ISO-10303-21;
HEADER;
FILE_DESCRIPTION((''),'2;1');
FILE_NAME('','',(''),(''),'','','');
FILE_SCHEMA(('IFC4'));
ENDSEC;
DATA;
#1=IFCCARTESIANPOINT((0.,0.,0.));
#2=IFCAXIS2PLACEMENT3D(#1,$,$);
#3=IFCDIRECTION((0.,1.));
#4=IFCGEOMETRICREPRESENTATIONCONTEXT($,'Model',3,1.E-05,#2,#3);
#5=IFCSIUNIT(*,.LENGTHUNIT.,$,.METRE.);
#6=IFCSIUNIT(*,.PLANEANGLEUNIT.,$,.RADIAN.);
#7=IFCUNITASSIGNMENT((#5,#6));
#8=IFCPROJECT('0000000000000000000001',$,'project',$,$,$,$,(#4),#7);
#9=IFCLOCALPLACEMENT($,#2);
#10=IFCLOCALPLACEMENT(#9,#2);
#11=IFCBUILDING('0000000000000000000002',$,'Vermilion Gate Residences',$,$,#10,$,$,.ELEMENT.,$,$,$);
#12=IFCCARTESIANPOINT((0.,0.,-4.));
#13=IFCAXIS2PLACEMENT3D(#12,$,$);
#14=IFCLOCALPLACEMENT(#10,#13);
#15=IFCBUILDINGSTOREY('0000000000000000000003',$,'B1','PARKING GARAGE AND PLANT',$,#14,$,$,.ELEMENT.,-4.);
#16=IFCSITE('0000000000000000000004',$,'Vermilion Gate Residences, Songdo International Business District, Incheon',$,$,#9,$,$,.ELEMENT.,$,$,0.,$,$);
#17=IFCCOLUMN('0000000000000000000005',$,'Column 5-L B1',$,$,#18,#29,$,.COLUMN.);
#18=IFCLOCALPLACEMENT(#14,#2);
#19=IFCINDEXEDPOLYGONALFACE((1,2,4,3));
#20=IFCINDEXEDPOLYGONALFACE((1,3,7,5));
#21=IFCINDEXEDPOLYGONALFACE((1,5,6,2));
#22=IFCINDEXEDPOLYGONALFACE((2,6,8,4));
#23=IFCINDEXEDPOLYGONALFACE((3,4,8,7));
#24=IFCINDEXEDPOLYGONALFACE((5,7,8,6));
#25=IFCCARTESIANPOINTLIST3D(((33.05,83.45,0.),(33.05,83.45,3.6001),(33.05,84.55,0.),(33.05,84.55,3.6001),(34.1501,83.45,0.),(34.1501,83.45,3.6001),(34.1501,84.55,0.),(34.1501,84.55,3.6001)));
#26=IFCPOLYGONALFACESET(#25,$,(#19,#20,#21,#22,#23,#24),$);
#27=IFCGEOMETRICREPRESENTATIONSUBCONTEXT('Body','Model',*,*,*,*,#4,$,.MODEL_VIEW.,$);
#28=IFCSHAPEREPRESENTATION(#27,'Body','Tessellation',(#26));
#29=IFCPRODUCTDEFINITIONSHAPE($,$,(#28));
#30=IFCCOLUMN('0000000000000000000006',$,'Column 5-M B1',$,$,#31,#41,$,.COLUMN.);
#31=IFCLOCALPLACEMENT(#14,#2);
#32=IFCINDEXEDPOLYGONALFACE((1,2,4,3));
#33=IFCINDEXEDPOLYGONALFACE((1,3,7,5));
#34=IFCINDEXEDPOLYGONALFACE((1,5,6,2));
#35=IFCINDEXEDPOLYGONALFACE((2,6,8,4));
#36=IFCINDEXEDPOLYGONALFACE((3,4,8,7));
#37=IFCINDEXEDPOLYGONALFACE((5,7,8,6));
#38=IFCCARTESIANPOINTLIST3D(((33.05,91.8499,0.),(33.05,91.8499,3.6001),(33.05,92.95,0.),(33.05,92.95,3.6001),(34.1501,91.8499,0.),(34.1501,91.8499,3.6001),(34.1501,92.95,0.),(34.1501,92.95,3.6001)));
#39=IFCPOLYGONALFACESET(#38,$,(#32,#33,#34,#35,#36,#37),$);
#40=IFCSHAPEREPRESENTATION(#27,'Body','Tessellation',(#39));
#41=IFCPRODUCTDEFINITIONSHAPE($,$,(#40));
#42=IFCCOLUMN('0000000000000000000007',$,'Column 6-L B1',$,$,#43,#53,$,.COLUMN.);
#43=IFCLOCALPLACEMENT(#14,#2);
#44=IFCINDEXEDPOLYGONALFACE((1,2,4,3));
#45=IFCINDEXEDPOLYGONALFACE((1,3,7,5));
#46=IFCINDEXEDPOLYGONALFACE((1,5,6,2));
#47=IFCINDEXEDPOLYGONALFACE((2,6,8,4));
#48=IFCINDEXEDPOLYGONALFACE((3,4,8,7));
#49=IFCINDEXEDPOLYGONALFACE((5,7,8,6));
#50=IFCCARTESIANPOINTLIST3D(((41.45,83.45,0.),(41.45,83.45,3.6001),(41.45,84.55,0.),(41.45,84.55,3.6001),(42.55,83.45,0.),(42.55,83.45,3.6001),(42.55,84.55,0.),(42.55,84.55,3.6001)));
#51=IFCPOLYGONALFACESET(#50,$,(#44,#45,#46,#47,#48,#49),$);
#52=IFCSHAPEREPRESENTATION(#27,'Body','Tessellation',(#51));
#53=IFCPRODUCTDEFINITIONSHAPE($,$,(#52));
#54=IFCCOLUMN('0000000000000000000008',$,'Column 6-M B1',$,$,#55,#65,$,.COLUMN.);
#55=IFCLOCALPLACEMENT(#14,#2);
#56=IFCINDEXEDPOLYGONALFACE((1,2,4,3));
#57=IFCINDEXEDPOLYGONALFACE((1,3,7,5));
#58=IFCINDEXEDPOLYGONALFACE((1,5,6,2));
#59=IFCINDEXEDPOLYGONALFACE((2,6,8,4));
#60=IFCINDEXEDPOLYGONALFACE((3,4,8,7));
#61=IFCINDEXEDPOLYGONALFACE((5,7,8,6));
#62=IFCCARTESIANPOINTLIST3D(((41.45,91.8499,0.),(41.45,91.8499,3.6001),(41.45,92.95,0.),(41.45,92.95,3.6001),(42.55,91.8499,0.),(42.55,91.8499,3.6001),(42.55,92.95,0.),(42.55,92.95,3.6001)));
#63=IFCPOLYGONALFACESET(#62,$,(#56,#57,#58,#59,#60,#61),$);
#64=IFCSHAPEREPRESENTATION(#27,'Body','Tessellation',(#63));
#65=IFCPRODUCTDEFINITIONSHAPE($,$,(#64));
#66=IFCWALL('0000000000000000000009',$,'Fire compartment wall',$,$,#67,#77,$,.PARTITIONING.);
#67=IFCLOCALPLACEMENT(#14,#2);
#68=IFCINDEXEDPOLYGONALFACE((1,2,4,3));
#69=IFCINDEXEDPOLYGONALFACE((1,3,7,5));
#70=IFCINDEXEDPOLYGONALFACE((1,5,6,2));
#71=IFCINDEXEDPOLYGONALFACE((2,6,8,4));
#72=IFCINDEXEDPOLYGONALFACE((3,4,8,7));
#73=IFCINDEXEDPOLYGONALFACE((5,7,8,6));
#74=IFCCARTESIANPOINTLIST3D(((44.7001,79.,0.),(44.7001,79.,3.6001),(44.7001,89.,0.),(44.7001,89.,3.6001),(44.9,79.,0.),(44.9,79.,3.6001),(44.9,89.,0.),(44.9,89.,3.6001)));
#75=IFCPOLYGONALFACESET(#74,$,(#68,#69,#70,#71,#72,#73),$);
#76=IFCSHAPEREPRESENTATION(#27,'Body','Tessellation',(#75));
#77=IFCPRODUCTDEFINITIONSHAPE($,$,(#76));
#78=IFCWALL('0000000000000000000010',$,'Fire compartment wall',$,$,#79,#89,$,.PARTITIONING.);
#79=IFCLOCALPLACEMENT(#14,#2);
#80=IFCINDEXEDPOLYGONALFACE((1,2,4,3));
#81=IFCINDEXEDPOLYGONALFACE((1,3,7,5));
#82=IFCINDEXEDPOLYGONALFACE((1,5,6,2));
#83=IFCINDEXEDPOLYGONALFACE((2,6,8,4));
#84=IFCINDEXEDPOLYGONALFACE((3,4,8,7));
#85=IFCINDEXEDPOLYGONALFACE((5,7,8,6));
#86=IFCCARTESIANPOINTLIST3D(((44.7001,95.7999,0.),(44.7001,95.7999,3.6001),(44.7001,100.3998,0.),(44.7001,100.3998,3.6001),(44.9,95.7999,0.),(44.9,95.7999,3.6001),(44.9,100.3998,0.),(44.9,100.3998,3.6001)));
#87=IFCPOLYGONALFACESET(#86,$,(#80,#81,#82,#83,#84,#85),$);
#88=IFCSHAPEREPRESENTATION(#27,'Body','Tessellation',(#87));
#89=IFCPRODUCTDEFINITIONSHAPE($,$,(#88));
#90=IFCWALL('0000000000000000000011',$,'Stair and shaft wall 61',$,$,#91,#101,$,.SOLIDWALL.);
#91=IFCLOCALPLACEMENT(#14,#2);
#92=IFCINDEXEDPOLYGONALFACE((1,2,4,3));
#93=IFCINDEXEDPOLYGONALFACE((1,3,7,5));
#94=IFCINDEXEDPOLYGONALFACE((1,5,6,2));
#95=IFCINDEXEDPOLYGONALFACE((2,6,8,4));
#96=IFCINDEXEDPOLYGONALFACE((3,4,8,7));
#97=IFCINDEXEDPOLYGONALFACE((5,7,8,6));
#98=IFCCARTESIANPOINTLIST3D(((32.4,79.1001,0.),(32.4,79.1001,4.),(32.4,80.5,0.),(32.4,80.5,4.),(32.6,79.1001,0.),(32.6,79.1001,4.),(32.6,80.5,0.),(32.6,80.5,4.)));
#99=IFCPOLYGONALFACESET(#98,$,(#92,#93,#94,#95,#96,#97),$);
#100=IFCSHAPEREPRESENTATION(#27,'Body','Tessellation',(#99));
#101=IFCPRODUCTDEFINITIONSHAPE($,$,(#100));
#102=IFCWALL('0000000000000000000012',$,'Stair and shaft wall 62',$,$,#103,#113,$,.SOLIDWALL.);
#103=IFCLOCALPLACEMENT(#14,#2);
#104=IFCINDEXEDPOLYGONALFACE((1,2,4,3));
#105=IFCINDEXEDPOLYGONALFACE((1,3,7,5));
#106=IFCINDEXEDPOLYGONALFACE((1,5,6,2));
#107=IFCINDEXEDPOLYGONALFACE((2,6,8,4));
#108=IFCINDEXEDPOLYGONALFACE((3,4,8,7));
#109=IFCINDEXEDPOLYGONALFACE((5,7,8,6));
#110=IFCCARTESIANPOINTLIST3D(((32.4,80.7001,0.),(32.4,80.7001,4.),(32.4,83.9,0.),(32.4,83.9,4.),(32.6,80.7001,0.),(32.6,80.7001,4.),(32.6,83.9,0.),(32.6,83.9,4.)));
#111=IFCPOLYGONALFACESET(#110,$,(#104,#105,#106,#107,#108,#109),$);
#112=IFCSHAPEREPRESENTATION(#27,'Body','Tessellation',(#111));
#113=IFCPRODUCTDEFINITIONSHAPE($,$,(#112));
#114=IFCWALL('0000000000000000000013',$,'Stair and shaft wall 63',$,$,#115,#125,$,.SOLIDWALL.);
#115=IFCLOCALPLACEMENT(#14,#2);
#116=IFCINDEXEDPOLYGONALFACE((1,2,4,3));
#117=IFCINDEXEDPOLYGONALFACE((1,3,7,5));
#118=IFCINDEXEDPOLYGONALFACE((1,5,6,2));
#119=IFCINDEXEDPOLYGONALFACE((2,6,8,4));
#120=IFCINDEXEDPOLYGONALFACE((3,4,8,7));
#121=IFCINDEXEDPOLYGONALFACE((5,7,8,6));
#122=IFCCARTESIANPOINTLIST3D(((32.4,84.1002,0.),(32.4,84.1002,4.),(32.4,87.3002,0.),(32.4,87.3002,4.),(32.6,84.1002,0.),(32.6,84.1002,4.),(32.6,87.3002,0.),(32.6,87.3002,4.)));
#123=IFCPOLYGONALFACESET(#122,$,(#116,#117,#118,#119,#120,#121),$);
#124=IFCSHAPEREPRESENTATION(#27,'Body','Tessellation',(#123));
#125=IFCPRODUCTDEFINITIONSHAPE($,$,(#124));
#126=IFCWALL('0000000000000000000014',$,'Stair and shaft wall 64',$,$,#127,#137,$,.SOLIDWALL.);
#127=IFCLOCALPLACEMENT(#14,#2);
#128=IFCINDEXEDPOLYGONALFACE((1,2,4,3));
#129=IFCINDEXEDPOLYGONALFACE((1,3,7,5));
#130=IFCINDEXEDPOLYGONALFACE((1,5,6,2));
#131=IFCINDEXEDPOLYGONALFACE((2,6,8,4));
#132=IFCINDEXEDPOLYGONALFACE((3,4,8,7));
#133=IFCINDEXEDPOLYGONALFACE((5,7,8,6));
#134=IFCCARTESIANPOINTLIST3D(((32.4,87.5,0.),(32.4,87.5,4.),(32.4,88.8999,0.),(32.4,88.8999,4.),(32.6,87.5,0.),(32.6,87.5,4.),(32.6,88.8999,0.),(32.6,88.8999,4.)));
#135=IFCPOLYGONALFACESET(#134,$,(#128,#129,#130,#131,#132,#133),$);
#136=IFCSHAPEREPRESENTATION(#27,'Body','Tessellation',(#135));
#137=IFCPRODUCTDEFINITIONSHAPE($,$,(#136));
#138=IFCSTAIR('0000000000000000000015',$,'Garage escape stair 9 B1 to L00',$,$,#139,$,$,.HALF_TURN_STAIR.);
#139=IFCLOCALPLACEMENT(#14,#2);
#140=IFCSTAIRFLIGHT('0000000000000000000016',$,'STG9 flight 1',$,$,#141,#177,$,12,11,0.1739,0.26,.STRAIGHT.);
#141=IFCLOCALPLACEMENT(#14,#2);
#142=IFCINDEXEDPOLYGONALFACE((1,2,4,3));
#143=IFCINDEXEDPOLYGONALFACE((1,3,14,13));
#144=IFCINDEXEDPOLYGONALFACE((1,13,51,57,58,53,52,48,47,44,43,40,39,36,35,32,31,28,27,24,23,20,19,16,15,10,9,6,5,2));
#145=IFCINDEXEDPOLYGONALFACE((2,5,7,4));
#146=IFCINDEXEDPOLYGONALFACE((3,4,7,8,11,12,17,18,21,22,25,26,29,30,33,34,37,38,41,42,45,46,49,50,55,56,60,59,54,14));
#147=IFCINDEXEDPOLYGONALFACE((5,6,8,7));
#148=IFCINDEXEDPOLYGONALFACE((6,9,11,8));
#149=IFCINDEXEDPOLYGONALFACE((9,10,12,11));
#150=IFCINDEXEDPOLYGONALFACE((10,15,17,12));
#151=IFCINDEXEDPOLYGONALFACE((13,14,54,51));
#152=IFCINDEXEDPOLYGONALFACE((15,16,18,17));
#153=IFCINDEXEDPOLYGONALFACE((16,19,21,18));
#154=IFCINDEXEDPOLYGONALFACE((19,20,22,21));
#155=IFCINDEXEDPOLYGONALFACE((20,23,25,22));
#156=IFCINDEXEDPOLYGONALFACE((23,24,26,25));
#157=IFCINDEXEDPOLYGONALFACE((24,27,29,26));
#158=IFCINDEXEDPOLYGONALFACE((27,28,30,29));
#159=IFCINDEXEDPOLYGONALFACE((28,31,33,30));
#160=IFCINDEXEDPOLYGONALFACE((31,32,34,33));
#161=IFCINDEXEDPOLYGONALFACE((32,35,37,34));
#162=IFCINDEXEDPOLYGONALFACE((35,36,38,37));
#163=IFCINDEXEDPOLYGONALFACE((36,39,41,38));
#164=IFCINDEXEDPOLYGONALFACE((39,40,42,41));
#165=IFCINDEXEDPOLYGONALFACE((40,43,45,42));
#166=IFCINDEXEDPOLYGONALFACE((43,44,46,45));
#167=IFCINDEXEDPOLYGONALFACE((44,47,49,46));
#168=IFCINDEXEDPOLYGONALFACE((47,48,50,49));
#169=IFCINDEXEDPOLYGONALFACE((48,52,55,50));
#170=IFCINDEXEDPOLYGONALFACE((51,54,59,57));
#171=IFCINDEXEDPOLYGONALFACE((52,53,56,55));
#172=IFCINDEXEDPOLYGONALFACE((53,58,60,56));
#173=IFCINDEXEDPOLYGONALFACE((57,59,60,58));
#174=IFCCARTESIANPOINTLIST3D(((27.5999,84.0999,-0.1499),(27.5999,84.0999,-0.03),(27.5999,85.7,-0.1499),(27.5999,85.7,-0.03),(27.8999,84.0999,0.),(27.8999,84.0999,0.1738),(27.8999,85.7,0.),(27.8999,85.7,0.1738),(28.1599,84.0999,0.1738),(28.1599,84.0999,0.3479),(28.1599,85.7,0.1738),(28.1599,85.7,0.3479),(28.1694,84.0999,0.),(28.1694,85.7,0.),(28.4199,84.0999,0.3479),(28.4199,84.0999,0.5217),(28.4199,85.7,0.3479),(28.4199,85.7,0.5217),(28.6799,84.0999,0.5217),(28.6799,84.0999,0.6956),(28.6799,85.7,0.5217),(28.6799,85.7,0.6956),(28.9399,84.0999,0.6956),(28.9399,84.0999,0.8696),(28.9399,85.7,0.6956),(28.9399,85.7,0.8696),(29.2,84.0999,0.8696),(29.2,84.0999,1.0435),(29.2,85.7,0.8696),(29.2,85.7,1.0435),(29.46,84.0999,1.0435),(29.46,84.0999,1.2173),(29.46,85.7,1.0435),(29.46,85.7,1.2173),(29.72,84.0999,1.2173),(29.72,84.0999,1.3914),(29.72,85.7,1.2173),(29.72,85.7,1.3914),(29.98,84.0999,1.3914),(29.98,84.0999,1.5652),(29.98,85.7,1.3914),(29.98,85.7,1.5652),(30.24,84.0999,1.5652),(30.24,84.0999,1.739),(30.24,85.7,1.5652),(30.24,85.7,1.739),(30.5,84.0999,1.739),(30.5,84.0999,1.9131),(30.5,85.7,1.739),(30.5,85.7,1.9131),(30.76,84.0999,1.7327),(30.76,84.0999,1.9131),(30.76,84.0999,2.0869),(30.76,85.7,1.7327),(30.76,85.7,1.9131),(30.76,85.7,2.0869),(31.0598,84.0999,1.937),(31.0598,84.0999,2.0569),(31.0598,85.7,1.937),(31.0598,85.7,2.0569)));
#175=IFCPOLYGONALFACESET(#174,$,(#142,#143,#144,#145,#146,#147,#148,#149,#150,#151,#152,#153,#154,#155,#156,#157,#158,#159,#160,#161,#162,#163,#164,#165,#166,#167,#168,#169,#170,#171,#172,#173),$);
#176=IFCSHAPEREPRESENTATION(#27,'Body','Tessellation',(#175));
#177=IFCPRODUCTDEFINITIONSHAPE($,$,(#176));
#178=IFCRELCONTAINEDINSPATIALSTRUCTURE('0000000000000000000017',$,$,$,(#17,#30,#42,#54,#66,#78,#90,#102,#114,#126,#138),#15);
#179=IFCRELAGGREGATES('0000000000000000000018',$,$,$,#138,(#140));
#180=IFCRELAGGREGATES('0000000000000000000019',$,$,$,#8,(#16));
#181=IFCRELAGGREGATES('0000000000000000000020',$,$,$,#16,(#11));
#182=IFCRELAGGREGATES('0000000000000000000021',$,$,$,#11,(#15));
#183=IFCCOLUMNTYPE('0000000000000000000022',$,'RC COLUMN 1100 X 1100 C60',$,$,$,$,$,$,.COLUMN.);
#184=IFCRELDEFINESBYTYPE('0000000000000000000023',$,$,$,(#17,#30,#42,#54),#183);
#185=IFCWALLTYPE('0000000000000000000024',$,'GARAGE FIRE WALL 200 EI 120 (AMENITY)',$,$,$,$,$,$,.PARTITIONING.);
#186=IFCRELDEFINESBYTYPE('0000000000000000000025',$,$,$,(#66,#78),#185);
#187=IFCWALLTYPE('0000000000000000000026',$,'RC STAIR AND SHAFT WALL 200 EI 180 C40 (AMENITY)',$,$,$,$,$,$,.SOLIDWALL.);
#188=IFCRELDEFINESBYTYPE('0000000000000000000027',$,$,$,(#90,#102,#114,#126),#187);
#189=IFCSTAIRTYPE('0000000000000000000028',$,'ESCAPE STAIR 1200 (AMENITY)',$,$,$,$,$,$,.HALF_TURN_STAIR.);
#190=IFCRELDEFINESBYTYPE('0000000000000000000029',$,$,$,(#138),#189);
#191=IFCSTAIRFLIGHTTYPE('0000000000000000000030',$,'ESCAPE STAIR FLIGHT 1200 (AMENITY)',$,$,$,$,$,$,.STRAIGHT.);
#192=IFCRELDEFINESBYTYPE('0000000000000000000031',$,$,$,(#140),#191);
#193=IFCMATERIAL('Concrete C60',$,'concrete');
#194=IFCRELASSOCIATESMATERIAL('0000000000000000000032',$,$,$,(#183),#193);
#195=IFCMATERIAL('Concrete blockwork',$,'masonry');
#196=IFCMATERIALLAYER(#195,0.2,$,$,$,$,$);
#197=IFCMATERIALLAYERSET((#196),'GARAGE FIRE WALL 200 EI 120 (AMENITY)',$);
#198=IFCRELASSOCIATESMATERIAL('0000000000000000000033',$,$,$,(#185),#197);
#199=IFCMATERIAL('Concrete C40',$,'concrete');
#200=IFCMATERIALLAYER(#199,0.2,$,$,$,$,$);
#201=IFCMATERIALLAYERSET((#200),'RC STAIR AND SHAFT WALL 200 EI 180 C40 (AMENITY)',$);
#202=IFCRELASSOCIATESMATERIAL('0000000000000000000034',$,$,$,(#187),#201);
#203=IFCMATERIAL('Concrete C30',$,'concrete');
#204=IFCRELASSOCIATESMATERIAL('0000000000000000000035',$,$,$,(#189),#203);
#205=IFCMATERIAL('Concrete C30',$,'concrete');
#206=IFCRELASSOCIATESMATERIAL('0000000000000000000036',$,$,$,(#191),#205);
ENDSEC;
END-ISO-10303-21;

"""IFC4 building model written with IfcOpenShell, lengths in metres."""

from ifc_helpers import new_model, si_unit, direction, frame, frame_2d, origin, origin_2d, place, context, subcontext, project, spatial, polyline, rectangle, outline, extrude, material, layer, layer_set, material_profile, profile_set, type_object, element, aggregate, save


model = new_model("IFC4")

# Units and contexts
model_context = context("Model", 3, precision=1e-05, world=origin(), true_north=direction((0.0, 1.0)))
body_context = subcontext(model_context, "Body", "Model", "MODEL_VIEW")
ifc_project = project(units=[si_unit("LENGTHUNIT", "METRE"), si_unit("PLANEANGLEUNIT", "RADIAN")], contexts=[model_context])

# Site, building, storey
site_placement = place(None, origin())
site = spatial("IfcSite", under=ifc_project, at=site_placement, Name="Vermilion Gate Residences, Songdo International Business District, Incheon", CompositionType="ELEMENT", RefElevation=0.0)
building_placement = place(site_placement, origin())
building = spatial("IfcBuilding", under=site, at=building_placement, Name="Vermilion Gate Residences", CompositionType="ELEMENT")
storey_placement = place(building_placement, frame((0.0, 0.0, -4.0)))
storey = spatial("IfcBuildingStorey", under=building, at=storey_placement, Name="B1", Description="PARKING GARAGE AND PLANT", CompositionType="ELEMENT", Elevation=-4.0)

# Columns
ifc_material_1 = material(Name="Concrete C60", Category="concrete")
ifc_material_profile = material_profile(ifc_material_1, rectangle(XDim=1.1001, YDim=1.1001, at=origin_2d()), Name="RC-1100x1100")
ifc_profile_set = profile_set([ifc_material_profile], Name="Concrete C60")
column_type = type_object("IfcColumnType", Name="RC COLUMN 1100 X 1100 C60", PredefinedType="COLUMN", material=ifc_profile_set)
for number, where, z_axis, x_axis, name in (
    (1, (33.6001, 84.0, 0.0), (0.0, 0.0, 1.0), (1.0, 0.0, 0.0), "Column 5-L B1"),
    (2, (33.6001, 92.3999, 0.0), (0.0, 0.0, 1.0), (1.0, 0.0, 0.0), "Column 5-M B1"),
    (3, (42.0, 84.0, 0.0), (0.0, 0.0, 1.0), (1.0, 0.0, 0.0), "Column 6-L B1"),
    (4, (42.0, 92.3999, 0.0), (0.0, 0.0, 1.0), (1.0, 0.0, 0.0), "Column 6-M B1"),
):
    element("IfcColumn", number, at=place(storey_placement, frame(where, z_axis=z_axis, x_axis=x_axis)), inside=storey, type_object=column_type, Name=name, PredefinedType="COLUMN", context=body_context, shape_type="SweptSolid", body=[
        extrude(rectangle(XDim=1.1001, YDim=1.1001, at=origin_2d()), origin(), (0.0, 0.0, 1.0), 3.6001),
    ])

# Wall
ifc_material_2 = material(Name="Concrete blockwork", Category="masonry")
ifc_layer_1 = layer(ifc_material_2, 0.2)
ifc_layer_set_1 = layer_set([ifc_layer_1], Name="GARAGE FIRE WALL 200 EI 120 (AMENITY)")
wall_type_1 = type_object("IfcWallType", Name="GARAGE FIRE WALL 200 EI 120 (AMENITY)", PredefinedType="PARTITIONING", material=ifc_layer_set_1)
wall_1_placement = place(storey_placement, frame((44.8, 79.0, 0.0), z_axis=(0.0, 0.0, 1.0), x_axis=(0.0, 1.0, 0.0)))
element("IfcWall", 5, at=wall_1_placement, inside=storey, type_object=wall_type_1, Name="Fire compartment wall", PredefinedType="PARTITIONING", context=body_context, shape_type="SweptSolid", body=[
    extrude(rectangle(XDim=10.0, YDim=0.2, at=frame_2d((5.0, 0.0))), origin(), (0.0, 0.0, 1.0), 3.6001),
])

# Walls
wall_2_placement = place(storey_placement, frame((44.8, 95.8, 0.0), z_axis=(0.0, 0.0, 1.0), x_axis=(0.0, 1.0, 0.0)))
element("IfcWall", 6, at=wall_2_placement, inside=storey, type_object=wall_type_1, Name="Fire compartment wall", PredefinedType="PARTITIONING", context=body_context, shape_type="SweptSolid", body=[
    extrude(rectangle(XDim=4.5999, YDim=0.2, at=frame_2d((2.2998, 0.0))), origin(), (0.0, 0.0, 1.0), 3.6001),
])
ifc_material_3 = material(Name="Concrete C40", Category="concrete")
ifc_layer_2 = layer(ifc_material_3, 0.2)
ifc_layer_set_2 = layer_set([ifc_layer_2], Name="RC STAIR AND SHAFT WALL 200 EI 180 C40 (AMENITY)")
wall_type_2 = type_object("IfcWallType", Name="RC STAIR AND SHAFT WALL 200 EI 180 C40 (AMENITY)", PredefinedType="SOLIDWALL", material=ifc_layer_set_2)
wall_3_placement = place(storey_placement, frame((32.5, 79.1001, 0.0), z_axis=(0.0, 0.0, 1.0), x_axis=(0.0, 1.0, 0.0)))
element("IfcWall", 7, at=wall_3_placement, inside=storey, type_object=wall_type_2, Name="Stair and shaft wall 61", PredefinedType="SOLIDWALL", context=body_context, shape_type="SweptSolid", body=[
    extrude(rectangle(XDim=1.3999, YDim=0.2, at=frame_2d((0.7, 0.0))), origin(), (0.0, 0.0, 1.0), 4.0),
])
for number, where, z_axis, x_axis, name in (
    (8, (32.5, 80.7, 0.0), (0.0, 0.0, 1.0), (0.0, 1.0, 0.0), "Stair and shaft wall 62"),
    (9, (32.5, 84.1001, 0.0), (0.0, 0.0, 1.0), (0.0, 1.0, 0.0), "Stair and shaft wall 63"),
):
    element("IfcWall", number, at=place(storey_placement, frame(where, z_axis=z_axis, x_axis=x_axis)), inside=storey, type_object=wall_type_2, Name=name, PredefinedType="SOLIDWALL", context=body_context, shape_type="SweptSolid", body=[
        extrude(rectangle(XDim=3.2, YDim=0.2, at=frame_2d((1.6001, 0.0))), origin(), (0.0, 0.0, 1.0), 4.0),
    ])
wall_4_placement = place(storey_placement, frame((32.5, 87.5, 0.0), z_axis=(0.0, 0.0, 1.0), x_axis=(0.0, 1.0, 0.0)))
element("IfcWall", 10, at=wall_4_placement, inside=storey, type_object=wall_type_2, Name="Stair and shaft wall 64", PredefinedType="SOLIDWALL", context=body_context, shape_type="SweptSolid", body=[
    extrude(rectangle(XDim=1.3999, YDim=0.2, at=frame_2d((0.7, 0.0))), origin(), (0.0, 0.0, 1.0), 4.0),
])

# Stair, stair flight
ifc_material_4 = material(Name="Concrete C30", Category="concrete")
stair_type = type_object("IfcStairType", Name="ESCAPE STAIR 1200 (AMENITY)", PredefinedType="HALF_TURN_STAIR", material=ifc_material_4)
stair_1_placement = place(storey_placement, origin())
stair_1 = element("IfcStair", 11, at=stair_1_placement, inside=storey, type_object=stair_type, Name="Garage escape stair 9 B1 to L00", PredefinedType="HALF_TURN_STAIR")
ifc_material_5 = material(Name="Concrete C30", Category="concrete")
stair_flight_type = type_object("IfcStairFlightType", Name="ESCAPE STAIR FLIGHT 1200 (AMENITY)", PredefinedType="STRAIGHT", material=ifc_material_5)
stair_flight_1_placement = place(storey_placement, frame((27.8999, 84.8999, 0.0), z_axis=(0.0, 0.0, 1.0), x_axis=(1.0, 0.0, 0.0)))
stair_flight_1 = element("IfcStairFlight", 12, at=stair_flight_1_placement, type_object=stair_flight_type, Name="STG9 flight 1", NumberOfRisers=12, NumberOfTreads=11, PredefinedType="STRAIGHT", RiserHeight=0.1739, TreadLength=0.26, context=body_context, shape_type="SweptSolid", body=[
    extrude(outline(polyline([(-0.3, -0.1499), (-0.3, -0.03), (0.0, 0.0), (0.0, 0.1738), (0.26, 0.1738), (0.26, 0.3479), (0.52, 0.3479), (0.52, 0.5217), (0.78, 0.5217), (0.78, 0.6956), (1.04, 0.6956), (1.04, 0.8696), (1.3, 0.8696), (1.3, 1.0435), (1.5601, 1.0435), (1.5601, 1.2173), (1.8201, 1.2173), (1.8201, 1.3914), (2.0801, 1.3914), (2.0801, 1.5652), (2.3401, 1.5652), (2.3401, 1.739), (2.6001, 1.739), (2.6001, 1.9131), (2.8601, 1.9131), (2.8601, 2.0869), (3.1599, 2.0569), (3.1599, 1.937), (2.8601, 1.7327), (0.2695, 0.0), (-0.3, -0.1499)])), frame((0.0, 0.8, 0.0), z_axis=(0.0, -1.0, 0.0), x_axis=(1.0, 0.0, 0.0)), (0.0, 0.0, 1.0), 1.6001),
])
aggregate(stair_1, [stair_flight_1])

save(model, "model.ifc")
